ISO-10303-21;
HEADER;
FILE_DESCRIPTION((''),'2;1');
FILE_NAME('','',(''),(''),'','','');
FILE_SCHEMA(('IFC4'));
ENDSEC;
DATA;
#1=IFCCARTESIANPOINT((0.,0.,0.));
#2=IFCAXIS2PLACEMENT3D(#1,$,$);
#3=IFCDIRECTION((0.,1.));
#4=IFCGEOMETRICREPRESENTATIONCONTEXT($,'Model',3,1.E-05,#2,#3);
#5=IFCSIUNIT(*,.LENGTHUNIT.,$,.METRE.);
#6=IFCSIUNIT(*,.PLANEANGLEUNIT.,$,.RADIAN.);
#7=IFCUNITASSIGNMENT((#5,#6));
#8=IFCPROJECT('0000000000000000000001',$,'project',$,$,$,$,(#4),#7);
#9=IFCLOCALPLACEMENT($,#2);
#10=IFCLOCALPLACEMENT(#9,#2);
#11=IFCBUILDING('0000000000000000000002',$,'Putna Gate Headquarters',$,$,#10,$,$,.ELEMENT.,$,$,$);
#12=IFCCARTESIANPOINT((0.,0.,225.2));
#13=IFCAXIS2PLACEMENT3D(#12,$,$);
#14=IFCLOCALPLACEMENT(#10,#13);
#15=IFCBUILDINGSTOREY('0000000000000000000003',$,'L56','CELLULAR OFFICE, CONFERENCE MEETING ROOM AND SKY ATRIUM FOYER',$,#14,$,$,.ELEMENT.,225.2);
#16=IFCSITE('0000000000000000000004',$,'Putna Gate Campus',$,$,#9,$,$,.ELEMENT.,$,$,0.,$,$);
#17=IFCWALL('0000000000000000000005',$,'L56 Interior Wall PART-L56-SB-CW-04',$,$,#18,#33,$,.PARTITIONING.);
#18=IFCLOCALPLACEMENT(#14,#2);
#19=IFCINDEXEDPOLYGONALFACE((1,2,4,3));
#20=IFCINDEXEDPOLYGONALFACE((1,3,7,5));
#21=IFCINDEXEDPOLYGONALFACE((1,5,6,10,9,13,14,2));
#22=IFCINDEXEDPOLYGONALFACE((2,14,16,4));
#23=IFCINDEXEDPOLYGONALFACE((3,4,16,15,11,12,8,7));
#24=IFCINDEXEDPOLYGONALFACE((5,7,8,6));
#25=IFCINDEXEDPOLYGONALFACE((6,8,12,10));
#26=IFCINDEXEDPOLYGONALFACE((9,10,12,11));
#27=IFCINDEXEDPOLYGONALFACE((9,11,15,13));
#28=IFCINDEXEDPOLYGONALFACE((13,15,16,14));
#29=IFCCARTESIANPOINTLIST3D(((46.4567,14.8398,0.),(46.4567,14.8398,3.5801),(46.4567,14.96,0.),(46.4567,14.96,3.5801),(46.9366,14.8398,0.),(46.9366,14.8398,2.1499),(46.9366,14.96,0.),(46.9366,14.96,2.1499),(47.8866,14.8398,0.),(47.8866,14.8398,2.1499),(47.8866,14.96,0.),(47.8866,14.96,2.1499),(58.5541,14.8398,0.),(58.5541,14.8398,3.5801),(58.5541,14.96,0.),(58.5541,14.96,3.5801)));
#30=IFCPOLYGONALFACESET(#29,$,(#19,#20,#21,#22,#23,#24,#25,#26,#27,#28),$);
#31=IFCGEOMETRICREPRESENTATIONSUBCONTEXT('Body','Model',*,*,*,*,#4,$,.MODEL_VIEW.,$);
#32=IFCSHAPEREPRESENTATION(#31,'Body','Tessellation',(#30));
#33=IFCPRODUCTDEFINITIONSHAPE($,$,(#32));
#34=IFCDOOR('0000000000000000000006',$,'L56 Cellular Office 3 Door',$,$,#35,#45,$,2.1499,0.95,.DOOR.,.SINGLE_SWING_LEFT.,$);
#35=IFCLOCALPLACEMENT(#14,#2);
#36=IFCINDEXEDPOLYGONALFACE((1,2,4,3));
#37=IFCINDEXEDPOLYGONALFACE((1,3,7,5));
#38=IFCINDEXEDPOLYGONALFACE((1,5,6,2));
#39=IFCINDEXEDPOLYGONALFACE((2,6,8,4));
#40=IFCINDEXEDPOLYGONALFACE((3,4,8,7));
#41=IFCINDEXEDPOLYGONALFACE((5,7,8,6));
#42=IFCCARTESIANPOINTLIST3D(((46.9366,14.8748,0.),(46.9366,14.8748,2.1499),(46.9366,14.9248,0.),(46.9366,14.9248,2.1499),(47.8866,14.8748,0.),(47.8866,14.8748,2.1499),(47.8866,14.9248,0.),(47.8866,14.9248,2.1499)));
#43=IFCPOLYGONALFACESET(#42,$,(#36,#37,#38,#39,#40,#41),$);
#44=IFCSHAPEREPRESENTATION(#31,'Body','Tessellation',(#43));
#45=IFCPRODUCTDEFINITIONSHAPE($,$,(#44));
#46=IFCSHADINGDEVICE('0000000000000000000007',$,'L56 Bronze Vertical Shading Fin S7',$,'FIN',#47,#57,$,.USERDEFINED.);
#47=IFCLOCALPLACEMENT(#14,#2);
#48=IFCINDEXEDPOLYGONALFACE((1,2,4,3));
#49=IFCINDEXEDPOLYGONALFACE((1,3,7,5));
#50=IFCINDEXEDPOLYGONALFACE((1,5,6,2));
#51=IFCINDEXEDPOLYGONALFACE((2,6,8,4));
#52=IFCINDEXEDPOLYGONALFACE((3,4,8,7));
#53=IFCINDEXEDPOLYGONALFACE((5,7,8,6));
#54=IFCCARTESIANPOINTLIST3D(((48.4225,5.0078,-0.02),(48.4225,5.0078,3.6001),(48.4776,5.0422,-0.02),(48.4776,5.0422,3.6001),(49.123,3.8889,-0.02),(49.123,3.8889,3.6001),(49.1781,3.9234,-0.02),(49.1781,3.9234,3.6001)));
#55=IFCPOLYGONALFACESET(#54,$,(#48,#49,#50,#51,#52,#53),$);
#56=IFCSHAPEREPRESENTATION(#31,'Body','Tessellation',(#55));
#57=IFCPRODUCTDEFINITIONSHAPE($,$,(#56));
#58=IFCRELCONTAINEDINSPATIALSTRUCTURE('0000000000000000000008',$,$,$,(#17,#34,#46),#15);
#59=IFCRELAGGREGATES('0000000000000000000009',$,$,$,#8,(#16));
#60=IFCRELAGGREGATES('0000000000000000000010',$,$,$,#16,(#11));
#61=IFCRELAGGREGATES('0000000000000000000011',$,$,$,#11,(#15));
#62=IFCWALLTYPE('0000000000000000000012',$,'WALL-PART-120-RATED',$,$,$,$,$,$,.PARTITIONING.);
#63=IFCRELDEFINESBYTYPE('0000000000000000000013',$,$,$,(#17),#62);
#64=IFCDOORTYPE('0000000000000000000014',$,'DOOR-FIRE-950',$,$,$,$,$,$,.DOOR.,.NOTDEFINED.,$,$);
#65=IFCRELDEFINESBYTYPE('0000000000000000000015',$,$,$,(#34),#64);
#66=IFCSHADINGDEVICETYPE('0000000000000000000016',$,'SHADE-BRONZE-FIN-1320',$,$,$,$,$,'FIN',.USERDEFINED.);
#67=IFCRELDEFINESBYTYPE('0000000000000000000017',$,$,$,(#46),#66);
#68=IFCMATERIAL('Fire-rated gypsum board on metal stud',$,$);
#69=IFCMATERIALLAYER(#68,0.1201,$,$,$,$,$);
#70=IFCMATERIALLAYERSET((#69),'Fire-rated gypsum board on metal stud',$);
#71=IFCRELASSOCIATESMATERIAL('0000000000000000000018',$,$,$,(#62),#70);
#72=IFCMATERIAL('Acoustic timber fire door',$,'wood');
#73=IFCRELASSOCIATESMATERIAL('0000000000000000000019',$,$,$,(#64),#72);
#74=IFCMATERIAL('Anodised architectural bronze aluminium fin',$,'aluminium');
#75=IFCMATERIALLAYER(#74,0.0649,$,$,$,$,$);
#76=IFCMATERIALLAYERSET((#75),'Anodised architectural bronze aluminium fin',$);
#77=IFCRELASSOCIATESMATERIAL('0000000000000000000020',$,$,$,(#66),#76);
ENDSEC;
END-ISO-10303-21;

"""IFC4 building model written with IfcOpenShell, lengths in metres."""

from ifc_helpers import new_model, si_unit, direction, frame, frame_2d, origin, origin_2d, place, context, subcontext, project, spatial, rectangle, extrude, material, layer, layer_set, type_object, element, fill, save


model = new_model("IFC4")

# Units and contexts
model_context = context("Model", 3, precision=1e-05, world=origin(), true_north=direction((0.0, 1.0)))
body_context = subcontext(model_context, "Body", "Model", "MODEL_VIEW")
ifc_project = project(units=[si_unit("LENGTHUNIT", "METRE"), si_unit("PLANEANGLEUNIT", "RADIAN")], contexts=[model_context])

# Site, building, storey
site_placement = place(None, origin())
site = spatial("IfcSite", under=ifc_project, at=site_placement, Name="Putna Gate Campus", CompositionType="ELEMENT", RefElevation=0.0)
building_placement = place(site_placement, origin())
building = spatial("IfcBuilding", under=site, at=building_placement, Name="Putna Gate Headquarters", CompositionType="ELEMENT")
storey_placement = place(building_placement, frame((0.0, 0.0, 225.2)))
storey = spatial("IfcBuildingStorey", under=building, at=storey_placement, Name="L56", Description="CELLULAR OFFICE, CONFERENCE MEETING ROOM AND SKY ATRIUM FOYER", CompositionType="ELEMENT", Elevation=225.2)

# Wall, opening, door
ifc_material_1 = material(Name="Fire-rated gypsum board on metal stud")
ifc_layer_1 = layer(ifc_material_1, 0.1201)
ifc_layer_set_1 = layer_set([ifc_layer_1], Name="Fire-rated gypsum board on metal stud")
wall_type_1 = type_object("IfcWallType", Name="WALL-PART-120-RATED", PredefinedType="PARTITIONING", material=ifc_layer_set_1)
wall_1_placement = place(storey_placement, frame((46.4565, 14.8999, 0.0), z_axis=(0.0, 0.0, 1.0), x_axis=(1.0, 0.0, 0.0)))
wall_1 = element("IfcWall", 1, at=wall_1_placement, inside=storey, type_object=wall_type_1, Name="L56 Interior Wall PART-L56-SB-CW-04", PredefinedType="PARTITIONING", context=body_context, shape_type="SweptSolid", body=[
    extrude(rectangle(XDim=12.0974, YDim=0.1201, at=frame_2d((6.0488, 0.0))), origin(), (0.0, 0.0, 1.0), 3.5801),
])
opening_placement = place(wall_1_placement, frame((0.48, 0.0, 0.0)))
opening = element("IfcOpeningElement", 2, at=opening_placement, cuts=wall_1, PredefinedType="OPENING", context=body_context, shape_type="SweptSolid", body=[
    extrude(rectangle(XDim=0.95, YDim=2.1499, at=frame_2d((0.4751, 1.075))), frame((0.0, 0.0701, 0.0), z_axis=(0.0, -1.0, 0.0), x_axis=(1.0, 0.0, 0.0)), (0.0, 0.0, 1.0), 0.1401),
])
ifc_material_2 = material(Name="Acoustic timber fire door", Category="wood")
door_type = type_object("IfcDoorType", Name="DOOR-FIRE-950", OperationType="NOTDEFINED", PredefinedType="DOOR", material=ifc_material_2)
door_placement = place(opening_placement, origin())
door = element("IfcDoor", 3, at=door_placement, inside=storey, type_object=door_type, Name="L56 Cellular Office 3 Door", OperationType="SINGLE_SWING_LEFT", OverallHeight=2.1499, OverallWidth=0.95, PredefinedType="DOOR", context=body_context, shape_type="SweptSolid", body=[
    extrude(rectangle(XDim=0.95, YDim=2.1499, at=frame_2d((0.4751, 1.075))), frame((0.0, 0.0249, 0.0), z_axis=(0.0, -1.0, 0.0), x_axis=(1.0, 0.0, 0.0)), (0.0, 0.0, 1.0), 0.05),
])
fill(opening, door)

# Shading device
ifc_material_3 = material(Name="Anodised architectural bronze aluminium fin", Category="aluminium")
ifc_layer_2 = layer(ifc_material_3, 0.0649)
ifc_layer_set_2 = layer_set([ifc_layer_2], Name="Anodised architectural bronze aluminium fin")
shading_device_type = type_object("IfcShadingDeviceType", Name="SHADE-BRONZE-FIN-1320", ElementType="FIN", PredefinedType="USERDEFINED", material=ifc_layer_set_2)
shading_device_placement = place(storey_placement, frame((48.8003, 4.4656, -0.02), z_axis=(0.0, 0.0, 1.0), x_axis=(0.530659, -0.847585, 0.0)))
element("IfcShadingDevice", 4, at=shading_device_placement, inside=storey, type_object=shading_device_type, Name="L56 Bronze Vertical Shading Fin S7", ObjectType="FIN", PredefinedType="USERDEFINED", context=body_context, shape_type="SweptSolid", body=[
    extrude(rectangle(XDim=1.3201, YDim=0.0649, at=origin_2d()), origin(), (0.0, 0.0, 1.0), 3.6201),
])

save(model, "model.ifc")
